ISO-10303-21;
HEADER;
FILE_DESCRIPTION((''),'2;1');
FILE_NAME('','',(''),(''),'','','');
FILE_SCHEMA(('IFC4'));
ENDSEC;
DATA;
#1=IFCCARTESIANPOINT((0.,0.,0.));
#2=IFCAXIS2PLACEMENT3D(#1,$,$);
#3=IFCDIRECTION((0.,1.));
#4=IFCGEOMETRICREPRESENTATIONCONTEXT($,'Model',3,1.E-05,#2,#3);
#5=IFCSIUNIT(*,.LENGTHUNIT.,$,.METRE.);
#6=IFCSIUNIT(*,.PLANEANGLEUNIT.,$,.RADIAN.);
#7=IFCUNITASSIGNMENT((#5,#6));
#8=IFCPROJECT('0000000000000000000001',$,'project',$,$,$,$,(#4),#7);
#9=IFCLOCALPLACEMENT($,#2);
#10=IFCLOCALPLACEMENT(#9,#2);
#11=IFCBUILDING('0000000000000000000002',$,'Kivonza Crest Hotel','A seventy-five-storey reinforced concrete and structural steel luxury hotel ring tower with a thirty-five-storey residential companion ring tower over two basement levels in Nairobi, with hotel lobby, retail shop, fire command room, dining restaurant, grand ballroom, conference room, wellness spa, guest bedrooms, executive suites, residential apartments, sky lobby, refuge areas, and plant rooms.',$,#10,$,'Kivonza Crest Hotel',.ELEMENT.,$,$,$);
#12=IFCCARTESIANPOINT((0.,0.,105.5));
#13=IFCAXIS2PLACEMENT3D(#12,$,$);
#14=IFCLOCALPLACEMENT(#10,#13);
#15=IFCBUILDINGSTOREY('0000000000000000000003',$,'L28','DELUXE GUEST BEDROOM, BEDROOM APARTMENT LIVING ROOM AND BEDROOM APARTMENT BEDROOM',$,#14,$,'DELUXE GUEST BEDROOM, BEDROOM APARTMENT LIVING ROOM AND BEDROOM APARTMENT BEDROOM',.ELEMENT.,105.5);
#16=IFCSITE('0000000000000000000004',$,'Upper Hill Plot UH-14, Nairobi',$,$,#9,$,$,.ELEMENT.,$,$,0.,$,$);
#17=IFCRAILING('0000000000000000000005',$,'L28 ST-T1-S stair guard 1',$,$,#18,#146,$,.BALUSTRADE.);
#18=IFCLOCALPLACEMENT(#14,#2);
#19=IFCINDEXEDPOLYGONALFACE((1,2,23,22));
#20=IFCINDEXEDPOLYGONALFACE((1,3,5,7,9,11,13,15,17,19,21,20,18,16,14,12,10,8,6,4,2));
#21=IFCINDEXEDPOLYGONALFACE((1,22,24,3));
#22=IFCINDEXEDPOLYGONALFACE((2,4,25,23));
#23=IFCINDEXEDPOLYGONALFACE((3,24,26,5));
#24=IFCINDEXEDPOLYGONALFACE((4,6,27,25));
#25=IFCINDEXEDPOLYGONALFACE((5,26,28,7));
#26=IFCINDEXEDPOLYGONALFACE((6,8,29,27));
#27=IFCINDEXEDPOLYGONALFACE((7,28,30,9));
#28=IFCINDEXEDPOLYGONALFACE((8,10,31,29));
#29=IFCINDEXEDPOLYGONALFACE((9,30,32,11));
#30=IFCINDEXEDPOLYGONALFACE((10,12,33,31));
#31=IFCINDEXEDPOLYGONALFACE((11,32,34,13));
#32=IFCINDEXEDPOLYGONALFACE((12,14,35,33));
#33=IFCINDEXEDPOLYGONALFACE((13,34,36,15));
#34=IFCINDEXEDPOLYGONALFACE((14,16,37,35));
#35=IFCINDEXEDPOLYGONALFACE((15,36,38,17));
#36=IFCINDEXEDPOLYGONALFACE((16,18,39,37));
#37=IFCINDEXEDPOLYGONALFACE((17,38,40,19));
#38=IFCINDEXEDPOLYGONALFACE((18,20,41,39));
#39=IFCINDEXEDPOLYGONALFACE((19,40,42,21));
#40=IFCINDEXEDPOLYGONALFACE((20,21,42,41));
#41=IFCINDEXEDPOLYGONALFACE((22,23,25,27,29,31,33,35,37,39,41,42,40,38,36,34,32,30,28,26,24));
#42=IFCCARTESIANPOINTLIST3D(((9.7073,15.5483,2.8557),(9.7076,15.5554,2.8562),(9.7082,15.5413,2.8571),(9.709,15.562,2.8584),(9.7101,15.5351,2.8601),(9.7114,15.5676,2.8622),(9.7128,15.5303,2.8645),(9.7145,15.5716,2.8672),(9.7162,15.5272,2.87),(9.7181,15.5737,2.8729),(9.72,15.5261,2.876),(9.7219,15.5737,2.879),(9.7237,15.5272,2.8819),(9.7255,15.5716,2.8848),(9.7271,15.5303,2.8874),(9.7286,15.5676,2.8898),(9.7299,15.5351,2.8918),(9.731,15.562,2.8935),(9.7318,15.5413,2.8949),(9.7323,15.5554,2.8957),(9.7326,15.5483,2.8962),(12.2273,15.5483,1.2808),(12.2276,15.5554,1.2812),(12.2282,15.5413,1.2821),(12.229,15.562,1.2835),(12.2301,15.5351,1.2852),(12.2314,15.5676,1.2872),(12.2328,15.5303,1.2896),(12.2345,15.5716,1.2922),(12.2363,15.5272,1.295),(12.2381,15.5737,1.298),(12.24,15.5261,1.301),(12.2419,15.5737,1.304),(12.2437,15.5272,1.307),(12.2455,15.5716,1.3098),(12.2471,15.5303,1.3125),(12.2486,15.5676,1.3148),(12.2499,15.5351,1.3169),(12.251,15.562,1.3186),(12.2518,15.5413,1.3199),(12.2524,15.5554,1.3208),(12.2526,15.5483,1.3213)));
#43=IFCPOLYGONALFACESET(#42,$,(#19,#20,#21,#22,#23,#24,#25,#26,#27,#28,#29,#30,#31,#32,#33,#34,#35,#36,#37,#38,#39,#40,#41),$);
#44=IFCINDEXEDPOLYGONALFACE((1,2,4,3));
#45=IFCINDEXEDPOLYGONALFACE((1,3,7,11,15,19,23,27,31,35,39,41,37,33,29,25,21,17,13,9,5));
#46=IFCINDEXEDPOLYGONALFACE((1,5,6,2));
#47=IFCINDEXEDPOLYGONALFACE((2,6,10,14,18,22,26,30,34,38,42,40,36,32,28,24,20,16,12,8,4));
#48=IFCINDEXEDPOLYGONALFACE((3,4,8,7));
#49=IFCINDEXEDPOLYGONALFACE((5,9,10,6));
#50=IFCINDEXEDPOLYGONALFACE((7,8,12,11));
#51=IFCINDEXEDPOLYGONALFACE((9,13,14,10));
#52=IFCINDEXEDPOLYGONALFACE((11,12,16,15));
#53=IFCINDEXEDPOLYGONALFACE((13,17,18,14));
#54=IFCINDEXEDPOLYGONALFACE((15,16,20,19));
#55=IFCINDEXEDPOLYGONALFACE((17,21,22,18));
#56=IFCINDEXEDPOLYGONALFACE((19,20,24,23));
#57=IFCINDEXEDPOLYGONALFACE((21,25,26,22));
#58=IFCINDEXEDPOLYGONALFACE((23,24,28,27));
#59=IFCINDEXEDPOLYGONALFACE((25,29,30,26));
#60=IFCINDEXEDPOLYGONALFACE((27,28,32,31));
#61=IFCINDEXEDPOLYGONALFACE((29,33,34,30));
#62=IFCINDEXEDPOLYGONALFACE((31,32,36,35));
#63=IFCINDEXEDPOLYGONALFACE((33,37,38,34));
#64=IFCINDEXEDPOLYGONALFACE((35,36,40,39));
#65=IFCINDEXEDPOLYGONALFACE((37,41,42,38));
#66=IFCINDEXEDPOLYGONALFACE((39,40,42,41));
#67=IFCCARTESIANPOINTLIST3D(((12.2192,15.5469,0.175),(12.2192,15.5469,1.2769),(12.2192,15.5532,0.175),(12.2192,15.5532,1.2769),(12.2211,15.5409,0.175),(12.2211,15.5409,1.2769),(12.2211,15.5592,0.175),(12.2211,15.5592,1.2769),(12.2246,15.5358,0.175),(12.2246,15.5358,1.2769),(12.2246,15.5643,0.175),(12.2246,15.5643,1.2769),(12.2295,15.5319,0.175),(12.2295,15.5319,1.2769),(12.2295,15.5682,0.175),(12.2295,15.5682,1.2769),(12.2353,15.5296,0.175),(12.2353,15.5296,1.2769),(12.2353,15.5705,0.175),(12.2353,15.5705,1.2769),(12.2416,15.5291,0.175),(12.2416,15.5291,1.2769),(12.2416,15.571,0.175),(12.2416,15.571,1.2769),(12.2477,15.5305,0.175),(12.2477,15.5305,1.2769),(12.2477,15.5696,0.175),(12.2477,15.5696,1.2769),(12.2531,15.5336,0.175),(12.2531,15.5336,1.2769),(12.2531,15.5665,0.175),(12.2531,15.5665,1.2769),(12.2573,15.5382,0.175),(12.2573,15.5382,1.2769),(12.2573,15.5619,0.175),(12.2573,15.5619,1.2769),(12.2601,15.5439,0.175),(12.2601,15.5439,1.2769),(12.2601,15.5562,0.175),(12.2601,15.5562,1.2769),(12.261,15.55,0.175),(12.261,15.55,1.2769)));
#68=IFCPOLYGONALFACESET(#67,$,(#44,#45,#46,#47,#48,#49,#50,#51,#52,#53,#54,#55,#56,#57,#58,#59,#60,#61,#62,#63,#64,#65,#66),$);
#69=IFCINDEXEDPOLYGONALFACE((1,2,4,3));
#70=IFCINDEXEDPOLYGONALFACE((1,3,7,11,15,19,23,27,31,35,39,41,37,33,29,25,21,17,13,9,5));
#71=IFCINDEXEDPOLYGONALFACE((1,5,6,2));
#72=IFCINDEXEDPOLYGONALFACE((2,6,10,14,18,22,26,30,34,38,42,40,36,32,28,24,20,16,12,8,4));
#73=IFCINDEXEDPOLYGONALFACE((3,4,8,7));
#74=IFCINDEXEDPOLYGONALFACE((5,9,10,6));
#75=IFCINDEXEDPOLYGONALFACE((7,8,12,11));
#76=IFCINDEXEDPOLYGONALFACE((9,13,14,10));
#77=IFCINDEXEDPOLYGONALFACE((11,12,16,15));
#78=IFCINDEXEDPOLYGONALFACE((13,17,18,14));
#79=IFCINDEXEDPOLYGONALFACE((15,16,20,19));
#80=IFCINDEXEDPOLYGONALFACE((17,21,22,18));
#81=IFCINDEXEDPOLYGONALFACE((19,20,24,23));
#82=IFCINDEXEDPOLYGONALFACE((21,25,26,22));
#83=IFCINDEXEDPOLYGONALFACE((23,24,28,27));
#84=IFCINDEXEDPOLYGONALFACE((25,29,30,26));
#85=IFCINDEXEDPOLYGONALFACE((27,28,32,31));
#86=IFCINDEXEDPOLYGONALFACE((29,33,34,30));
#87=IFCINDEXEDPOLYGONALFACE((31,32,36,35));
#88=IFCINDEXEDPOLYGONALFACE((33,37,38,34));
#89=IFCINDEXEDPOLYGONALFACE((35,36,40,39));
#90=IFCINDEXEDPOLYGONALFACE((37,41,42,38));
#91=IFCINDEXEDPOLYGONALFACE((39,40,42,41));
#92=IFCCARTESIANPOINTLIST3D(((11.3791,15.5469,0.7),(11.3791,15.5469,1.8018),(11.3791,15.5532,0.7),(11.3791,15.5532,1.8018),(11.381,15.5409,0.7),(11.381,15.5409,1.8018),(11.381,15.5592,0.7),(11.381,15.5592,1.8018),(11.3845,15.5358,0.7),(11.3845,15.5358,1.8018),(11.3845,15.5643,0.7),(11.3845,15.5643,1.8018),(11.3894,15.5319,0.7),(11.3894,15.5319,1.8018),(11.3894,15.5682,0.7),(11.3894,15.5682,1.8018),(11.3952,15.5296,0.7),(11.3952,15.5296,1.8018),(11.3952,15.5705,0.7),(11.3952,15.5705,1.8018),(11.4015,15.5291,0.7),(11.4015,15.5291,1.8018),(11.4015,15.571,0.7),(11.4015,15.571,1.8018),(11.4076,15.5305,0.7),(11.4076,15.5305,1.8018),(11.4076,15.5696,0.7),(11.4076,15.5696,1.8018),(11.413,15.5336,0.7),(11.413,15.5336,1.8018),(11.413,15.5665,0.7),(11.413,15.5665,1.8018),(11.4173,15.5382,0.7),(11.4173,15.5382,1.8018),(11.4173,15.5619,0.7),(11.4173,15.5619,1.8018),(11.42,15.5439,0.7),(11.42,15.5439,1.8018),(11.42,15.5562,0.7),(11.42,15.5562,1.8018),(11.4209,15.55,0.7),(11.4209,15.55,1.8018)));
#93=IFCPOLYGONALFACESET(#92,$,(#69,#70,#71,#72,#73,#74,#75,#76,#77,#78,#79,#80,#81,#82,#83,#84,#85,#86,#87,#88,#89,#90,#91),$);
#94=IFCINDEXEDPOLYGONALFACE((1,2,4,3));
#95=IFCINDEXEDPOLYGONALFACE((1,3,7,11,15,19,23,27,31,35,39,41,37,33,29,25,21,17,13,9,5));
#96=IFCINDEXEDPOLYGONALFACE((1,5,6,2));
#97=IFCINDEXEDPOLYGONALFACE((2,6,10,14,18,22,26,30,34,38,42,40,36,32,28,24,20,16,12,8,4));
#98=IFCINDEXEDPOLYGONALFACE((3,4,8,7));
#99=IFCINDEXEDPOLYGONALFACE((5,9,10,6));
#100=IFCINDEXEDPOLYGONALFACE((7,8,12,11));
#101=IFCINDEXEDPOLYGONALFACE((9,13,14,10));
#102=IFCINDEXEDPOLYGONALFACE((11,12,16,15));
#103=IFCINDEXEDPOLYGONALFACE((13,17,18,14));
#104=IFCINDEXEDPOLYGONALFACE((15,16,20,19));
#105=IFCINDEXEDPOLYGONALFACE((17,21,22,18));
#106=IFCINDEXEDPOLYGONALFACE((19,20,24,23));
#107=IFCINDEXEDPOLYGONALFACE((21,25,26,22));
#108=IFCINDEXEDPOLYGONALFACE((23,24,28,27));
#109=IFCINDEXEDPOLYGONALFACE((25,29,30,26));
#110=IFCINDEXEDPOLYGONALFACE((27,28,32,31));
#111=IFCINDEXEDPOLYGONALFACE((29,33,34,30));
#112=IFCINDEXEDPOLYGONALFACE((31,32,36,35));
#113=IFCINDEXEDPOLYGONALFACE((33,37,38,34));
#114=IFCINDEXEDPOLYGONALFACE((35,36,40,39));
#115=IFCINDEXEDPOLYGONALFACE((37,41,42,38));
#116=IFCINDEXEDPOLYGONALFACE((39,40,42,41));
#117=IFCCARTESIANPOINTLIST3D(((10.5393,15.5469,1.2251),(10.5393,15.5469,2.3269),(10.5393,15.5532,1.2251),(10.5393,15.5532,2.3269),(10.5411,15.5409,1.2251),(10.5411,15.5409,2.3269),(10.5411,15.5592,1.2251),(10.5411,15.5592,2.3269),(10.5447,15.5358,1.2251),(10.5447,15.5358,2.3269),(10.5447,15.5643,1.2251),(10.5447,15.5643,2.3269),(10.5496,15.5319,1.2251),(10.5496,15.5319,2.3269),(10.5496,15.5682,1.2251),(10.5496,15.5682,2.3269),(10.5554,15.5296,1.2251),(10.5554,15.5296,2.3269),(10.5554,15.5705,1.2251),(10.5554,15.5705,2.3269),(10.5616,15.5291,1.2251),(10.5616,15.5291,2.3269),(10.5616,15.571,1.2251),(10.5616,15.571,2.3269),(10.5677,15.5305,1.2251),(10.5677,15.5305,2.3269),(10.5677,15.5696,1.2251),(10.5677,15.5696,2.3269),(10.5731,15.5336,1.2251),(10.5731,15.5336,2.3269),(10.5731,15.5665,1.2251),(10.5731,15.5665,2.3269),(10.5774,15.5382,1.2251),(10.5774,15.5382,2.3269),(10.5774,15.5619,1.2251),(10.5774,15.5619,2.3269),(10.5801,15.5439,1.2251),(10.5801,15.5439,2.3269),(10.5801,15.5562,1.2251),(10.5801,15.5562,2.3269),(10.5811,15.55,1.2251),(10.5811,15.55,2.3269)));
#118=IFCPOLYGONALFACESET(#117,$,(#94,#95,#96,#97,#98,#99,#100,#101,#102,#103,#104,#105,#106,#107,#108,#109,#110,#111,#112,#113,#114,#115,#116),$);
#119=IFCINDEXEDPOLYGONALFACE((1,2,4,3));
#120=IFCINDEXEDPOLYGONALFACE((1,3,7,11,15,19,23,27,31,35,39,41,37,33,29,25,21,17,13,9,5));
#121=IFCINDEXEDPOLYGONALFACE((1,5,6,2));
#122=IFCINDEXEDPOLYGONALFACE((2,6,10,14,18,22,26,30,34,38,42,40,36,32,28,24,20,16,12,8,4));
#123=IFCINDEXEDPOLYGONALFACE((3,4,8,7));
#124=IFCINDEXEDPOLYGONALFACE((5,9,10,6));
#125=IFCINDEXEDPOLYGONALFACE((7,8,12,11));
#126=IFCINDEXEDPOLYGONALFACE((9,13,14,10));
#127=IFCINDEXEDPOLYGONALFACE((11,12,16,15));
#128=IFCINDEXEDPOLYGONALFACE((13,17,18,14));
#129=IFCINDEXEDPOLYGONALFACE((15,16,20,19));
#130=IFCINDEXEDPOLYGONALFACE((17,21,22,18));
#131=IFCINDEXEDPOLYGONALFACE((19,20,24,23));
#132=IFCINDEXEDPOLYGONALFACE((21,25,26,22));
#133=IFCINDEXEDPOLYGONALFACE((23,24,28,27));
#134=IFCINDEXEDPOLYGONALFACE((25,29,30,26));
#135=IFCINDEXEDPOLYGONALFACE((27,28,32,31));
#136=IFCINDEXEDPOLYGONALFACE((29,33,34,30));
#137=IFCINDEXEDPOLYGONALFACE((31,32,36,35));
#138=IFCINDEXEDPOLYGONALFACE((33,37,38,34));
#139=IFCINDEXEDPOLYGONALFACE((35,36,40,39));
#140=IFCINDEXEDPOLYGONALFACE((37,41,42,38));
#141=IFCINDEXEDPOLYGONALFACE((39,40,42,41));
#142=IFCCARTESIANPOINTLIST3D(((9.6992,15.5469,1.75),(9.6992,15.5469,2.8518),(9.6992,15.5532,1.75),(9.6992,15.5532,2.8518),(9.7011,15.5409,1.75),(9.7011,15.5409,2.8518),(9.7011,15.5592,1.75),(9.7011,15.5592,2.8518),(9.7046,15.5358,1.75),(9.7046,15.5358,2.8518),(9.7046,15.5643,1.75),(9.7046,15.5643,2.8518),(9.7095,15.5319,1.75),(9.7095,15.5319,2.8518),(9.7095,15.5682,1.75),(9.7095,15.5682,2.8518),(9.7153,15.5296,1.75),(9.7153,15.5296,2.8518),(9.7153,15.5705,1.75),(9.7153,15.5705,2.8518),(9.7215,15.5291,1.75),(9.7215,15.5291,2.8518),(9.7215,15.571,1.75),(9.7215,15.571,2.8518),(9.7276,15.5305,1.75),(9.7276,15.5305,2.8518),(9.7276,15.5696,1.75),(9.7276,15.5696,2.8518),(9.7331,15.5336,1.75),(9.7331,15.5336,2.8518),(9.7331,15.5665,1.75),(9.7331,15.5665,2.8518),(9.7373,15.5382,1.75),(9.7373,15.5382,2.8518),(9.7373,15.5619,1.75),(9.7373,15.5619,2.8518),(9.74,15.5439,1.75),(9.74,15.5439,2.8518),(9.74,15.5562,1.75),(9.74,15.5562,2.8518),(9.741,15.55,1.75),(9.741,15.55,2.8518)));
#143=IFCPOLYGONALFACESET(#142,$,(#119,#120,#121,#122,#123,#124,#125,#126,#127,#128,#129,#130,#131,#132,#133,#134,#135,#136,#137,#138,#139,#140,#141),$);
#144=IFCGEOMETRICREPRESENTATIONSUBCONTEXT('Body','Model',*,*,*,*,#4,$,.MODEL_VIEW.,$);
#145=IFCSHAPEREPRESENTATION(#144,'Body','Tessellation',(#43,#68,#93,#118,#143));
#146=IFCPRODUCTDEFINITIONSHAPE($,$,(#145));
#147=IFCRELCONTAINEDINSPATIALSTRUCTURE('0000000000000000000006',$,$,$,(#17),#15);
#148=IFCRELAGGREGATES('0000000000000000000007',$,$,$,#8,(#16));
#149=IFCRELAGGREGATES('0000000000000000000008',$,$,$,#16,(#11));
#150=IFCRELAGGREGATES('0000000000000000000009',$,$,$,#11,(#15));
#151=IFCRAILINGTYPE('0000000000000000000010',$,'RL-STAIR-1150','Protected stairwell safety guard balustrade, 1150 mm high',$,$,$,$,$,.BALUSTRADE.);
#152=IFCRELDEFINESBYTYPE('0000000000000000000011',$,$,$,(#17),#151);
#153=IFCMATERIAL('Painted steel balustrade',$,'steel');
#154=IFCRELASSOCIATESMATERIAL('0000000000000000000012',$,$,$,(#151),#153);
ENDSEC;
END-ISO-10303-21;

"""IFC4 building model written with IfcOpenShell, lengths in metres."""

from ifc_helpers import new_model, si_unit, direction, frame, origin, origin_2d, place, context, subcontext, project, spatial, circle, extrude, material, type_object, element, save


model = new_model("IFC4")

# Units and contexts
model_context = context("Model", 3, precision=1e-05, world=origin(), true_north=direction((0.0, 1.0)))
body_context = subcontext(model_context, "Body", "Model", "MODEL_VIEW")
ifc_project = project(units=[si_unit("LENGTHUNIT", "METRE"), si_unit("PLANEANGLEUNIT", "RADIAN")], contexts=[model_context])

# Site, building, storey
site_placement = place(None, origin())
site = spatial("IfcSite", under=ifc_project, at=site_placement, Name="Upper Hill Plot UH-14, Nairobi", CompositionType="ELEMENT", RefElevation=0.0)
building_placement = place(site_placement, origin())
building = spatial("IfcBuilding", under=site, at=building_placement, Name="Kivonza Crest Hotel", Description="A seventy-five-storey reinforced concrete and structural steel luxury hotel ring tower with a thirty-five-storey residential companion ring tower over two basement levels in Nairobi, with hotel lobby, retail shop, fire command room, dining restaurant, grand ballroom, conference room, wellness spa, guest bedrooms, executive suites, residential apartments, sky lobby, refuge areas, and plant rooms.", LongName="Kivonza Crest Hotel", CompositionType="ELEMENT")
storey_placement = place(building_placement, frame((0.0, 0.0, 105.5)))
storey = spatial("IfcBuildingStorey", under=building, at=storey_placement, Name="L28", Description="DELUXE GUEST BEDROOM, BEDROOM APARTMENT LIVING ROOM AND BEDROOM APARTMENT BEDROOM", LongName="DELUXE GUEST BEDROOM, BEDROOM APARTMENT LIVING ROOM AND BEDROOM APARTMENT BEDROOM", CompositionType="ELEMENT", Elevation=105.5)

# Railing
ifc_material_1 = material(Name="Painted steel balustrade", Category="steel")
railing_type_1 = type_object("IfcRailingType", Name="RL-STAIR-1150", Description="Protected stairwell safety guard balustrade, 1150 mm high", PredefinedType="BALUSTRADE", material=ifc_material_1)
railing_1_placement = place(storey_placement, frame((12.24, 15.55, 0.175)))
element("IfcRailing", 1, at=railing_1_placement, inside=storey, type_object=railing_type_1, Name="L28 ST-T1-S stair guard 1", PredefinedType="BALUSTRADE", context=body_context, shape_type="SweptSolid", body=[
    extrude(circle(Radius=0.0239, at=origin_2d()), frame((0.0, 0.0, 1.126), z_axis=(-0.848008, 0.0, 0.529984), x_axis=(0.0, -1.0, 0.0)), (0.0, 0.0, 1.0), 2.9717),
    extrude(circle(Radius=0.021, at=origin_2d()), origin(), (0.0, 0.0, 1.0), 1.1018),
    extrude(circle(Radius=0.021, at=origin_2d()), frame((-0.8401, 0.0, 0.5249)), (0.0, 0.0, 1.0), 1.1018),
    extrude(circle(Radius=0.021, at=origin_2d()), frame((-1.6799, 0.0, 1.05)), (0.0, 0.0, 1.0), 1.1018),
    extrude(circle(Radius=0.021, at=origin_2d()), frame((-2.52, 0.0, 1.575)), (0.0, 0.0, 1.0), 1.1018),
])

save(model, "model.ifc")
